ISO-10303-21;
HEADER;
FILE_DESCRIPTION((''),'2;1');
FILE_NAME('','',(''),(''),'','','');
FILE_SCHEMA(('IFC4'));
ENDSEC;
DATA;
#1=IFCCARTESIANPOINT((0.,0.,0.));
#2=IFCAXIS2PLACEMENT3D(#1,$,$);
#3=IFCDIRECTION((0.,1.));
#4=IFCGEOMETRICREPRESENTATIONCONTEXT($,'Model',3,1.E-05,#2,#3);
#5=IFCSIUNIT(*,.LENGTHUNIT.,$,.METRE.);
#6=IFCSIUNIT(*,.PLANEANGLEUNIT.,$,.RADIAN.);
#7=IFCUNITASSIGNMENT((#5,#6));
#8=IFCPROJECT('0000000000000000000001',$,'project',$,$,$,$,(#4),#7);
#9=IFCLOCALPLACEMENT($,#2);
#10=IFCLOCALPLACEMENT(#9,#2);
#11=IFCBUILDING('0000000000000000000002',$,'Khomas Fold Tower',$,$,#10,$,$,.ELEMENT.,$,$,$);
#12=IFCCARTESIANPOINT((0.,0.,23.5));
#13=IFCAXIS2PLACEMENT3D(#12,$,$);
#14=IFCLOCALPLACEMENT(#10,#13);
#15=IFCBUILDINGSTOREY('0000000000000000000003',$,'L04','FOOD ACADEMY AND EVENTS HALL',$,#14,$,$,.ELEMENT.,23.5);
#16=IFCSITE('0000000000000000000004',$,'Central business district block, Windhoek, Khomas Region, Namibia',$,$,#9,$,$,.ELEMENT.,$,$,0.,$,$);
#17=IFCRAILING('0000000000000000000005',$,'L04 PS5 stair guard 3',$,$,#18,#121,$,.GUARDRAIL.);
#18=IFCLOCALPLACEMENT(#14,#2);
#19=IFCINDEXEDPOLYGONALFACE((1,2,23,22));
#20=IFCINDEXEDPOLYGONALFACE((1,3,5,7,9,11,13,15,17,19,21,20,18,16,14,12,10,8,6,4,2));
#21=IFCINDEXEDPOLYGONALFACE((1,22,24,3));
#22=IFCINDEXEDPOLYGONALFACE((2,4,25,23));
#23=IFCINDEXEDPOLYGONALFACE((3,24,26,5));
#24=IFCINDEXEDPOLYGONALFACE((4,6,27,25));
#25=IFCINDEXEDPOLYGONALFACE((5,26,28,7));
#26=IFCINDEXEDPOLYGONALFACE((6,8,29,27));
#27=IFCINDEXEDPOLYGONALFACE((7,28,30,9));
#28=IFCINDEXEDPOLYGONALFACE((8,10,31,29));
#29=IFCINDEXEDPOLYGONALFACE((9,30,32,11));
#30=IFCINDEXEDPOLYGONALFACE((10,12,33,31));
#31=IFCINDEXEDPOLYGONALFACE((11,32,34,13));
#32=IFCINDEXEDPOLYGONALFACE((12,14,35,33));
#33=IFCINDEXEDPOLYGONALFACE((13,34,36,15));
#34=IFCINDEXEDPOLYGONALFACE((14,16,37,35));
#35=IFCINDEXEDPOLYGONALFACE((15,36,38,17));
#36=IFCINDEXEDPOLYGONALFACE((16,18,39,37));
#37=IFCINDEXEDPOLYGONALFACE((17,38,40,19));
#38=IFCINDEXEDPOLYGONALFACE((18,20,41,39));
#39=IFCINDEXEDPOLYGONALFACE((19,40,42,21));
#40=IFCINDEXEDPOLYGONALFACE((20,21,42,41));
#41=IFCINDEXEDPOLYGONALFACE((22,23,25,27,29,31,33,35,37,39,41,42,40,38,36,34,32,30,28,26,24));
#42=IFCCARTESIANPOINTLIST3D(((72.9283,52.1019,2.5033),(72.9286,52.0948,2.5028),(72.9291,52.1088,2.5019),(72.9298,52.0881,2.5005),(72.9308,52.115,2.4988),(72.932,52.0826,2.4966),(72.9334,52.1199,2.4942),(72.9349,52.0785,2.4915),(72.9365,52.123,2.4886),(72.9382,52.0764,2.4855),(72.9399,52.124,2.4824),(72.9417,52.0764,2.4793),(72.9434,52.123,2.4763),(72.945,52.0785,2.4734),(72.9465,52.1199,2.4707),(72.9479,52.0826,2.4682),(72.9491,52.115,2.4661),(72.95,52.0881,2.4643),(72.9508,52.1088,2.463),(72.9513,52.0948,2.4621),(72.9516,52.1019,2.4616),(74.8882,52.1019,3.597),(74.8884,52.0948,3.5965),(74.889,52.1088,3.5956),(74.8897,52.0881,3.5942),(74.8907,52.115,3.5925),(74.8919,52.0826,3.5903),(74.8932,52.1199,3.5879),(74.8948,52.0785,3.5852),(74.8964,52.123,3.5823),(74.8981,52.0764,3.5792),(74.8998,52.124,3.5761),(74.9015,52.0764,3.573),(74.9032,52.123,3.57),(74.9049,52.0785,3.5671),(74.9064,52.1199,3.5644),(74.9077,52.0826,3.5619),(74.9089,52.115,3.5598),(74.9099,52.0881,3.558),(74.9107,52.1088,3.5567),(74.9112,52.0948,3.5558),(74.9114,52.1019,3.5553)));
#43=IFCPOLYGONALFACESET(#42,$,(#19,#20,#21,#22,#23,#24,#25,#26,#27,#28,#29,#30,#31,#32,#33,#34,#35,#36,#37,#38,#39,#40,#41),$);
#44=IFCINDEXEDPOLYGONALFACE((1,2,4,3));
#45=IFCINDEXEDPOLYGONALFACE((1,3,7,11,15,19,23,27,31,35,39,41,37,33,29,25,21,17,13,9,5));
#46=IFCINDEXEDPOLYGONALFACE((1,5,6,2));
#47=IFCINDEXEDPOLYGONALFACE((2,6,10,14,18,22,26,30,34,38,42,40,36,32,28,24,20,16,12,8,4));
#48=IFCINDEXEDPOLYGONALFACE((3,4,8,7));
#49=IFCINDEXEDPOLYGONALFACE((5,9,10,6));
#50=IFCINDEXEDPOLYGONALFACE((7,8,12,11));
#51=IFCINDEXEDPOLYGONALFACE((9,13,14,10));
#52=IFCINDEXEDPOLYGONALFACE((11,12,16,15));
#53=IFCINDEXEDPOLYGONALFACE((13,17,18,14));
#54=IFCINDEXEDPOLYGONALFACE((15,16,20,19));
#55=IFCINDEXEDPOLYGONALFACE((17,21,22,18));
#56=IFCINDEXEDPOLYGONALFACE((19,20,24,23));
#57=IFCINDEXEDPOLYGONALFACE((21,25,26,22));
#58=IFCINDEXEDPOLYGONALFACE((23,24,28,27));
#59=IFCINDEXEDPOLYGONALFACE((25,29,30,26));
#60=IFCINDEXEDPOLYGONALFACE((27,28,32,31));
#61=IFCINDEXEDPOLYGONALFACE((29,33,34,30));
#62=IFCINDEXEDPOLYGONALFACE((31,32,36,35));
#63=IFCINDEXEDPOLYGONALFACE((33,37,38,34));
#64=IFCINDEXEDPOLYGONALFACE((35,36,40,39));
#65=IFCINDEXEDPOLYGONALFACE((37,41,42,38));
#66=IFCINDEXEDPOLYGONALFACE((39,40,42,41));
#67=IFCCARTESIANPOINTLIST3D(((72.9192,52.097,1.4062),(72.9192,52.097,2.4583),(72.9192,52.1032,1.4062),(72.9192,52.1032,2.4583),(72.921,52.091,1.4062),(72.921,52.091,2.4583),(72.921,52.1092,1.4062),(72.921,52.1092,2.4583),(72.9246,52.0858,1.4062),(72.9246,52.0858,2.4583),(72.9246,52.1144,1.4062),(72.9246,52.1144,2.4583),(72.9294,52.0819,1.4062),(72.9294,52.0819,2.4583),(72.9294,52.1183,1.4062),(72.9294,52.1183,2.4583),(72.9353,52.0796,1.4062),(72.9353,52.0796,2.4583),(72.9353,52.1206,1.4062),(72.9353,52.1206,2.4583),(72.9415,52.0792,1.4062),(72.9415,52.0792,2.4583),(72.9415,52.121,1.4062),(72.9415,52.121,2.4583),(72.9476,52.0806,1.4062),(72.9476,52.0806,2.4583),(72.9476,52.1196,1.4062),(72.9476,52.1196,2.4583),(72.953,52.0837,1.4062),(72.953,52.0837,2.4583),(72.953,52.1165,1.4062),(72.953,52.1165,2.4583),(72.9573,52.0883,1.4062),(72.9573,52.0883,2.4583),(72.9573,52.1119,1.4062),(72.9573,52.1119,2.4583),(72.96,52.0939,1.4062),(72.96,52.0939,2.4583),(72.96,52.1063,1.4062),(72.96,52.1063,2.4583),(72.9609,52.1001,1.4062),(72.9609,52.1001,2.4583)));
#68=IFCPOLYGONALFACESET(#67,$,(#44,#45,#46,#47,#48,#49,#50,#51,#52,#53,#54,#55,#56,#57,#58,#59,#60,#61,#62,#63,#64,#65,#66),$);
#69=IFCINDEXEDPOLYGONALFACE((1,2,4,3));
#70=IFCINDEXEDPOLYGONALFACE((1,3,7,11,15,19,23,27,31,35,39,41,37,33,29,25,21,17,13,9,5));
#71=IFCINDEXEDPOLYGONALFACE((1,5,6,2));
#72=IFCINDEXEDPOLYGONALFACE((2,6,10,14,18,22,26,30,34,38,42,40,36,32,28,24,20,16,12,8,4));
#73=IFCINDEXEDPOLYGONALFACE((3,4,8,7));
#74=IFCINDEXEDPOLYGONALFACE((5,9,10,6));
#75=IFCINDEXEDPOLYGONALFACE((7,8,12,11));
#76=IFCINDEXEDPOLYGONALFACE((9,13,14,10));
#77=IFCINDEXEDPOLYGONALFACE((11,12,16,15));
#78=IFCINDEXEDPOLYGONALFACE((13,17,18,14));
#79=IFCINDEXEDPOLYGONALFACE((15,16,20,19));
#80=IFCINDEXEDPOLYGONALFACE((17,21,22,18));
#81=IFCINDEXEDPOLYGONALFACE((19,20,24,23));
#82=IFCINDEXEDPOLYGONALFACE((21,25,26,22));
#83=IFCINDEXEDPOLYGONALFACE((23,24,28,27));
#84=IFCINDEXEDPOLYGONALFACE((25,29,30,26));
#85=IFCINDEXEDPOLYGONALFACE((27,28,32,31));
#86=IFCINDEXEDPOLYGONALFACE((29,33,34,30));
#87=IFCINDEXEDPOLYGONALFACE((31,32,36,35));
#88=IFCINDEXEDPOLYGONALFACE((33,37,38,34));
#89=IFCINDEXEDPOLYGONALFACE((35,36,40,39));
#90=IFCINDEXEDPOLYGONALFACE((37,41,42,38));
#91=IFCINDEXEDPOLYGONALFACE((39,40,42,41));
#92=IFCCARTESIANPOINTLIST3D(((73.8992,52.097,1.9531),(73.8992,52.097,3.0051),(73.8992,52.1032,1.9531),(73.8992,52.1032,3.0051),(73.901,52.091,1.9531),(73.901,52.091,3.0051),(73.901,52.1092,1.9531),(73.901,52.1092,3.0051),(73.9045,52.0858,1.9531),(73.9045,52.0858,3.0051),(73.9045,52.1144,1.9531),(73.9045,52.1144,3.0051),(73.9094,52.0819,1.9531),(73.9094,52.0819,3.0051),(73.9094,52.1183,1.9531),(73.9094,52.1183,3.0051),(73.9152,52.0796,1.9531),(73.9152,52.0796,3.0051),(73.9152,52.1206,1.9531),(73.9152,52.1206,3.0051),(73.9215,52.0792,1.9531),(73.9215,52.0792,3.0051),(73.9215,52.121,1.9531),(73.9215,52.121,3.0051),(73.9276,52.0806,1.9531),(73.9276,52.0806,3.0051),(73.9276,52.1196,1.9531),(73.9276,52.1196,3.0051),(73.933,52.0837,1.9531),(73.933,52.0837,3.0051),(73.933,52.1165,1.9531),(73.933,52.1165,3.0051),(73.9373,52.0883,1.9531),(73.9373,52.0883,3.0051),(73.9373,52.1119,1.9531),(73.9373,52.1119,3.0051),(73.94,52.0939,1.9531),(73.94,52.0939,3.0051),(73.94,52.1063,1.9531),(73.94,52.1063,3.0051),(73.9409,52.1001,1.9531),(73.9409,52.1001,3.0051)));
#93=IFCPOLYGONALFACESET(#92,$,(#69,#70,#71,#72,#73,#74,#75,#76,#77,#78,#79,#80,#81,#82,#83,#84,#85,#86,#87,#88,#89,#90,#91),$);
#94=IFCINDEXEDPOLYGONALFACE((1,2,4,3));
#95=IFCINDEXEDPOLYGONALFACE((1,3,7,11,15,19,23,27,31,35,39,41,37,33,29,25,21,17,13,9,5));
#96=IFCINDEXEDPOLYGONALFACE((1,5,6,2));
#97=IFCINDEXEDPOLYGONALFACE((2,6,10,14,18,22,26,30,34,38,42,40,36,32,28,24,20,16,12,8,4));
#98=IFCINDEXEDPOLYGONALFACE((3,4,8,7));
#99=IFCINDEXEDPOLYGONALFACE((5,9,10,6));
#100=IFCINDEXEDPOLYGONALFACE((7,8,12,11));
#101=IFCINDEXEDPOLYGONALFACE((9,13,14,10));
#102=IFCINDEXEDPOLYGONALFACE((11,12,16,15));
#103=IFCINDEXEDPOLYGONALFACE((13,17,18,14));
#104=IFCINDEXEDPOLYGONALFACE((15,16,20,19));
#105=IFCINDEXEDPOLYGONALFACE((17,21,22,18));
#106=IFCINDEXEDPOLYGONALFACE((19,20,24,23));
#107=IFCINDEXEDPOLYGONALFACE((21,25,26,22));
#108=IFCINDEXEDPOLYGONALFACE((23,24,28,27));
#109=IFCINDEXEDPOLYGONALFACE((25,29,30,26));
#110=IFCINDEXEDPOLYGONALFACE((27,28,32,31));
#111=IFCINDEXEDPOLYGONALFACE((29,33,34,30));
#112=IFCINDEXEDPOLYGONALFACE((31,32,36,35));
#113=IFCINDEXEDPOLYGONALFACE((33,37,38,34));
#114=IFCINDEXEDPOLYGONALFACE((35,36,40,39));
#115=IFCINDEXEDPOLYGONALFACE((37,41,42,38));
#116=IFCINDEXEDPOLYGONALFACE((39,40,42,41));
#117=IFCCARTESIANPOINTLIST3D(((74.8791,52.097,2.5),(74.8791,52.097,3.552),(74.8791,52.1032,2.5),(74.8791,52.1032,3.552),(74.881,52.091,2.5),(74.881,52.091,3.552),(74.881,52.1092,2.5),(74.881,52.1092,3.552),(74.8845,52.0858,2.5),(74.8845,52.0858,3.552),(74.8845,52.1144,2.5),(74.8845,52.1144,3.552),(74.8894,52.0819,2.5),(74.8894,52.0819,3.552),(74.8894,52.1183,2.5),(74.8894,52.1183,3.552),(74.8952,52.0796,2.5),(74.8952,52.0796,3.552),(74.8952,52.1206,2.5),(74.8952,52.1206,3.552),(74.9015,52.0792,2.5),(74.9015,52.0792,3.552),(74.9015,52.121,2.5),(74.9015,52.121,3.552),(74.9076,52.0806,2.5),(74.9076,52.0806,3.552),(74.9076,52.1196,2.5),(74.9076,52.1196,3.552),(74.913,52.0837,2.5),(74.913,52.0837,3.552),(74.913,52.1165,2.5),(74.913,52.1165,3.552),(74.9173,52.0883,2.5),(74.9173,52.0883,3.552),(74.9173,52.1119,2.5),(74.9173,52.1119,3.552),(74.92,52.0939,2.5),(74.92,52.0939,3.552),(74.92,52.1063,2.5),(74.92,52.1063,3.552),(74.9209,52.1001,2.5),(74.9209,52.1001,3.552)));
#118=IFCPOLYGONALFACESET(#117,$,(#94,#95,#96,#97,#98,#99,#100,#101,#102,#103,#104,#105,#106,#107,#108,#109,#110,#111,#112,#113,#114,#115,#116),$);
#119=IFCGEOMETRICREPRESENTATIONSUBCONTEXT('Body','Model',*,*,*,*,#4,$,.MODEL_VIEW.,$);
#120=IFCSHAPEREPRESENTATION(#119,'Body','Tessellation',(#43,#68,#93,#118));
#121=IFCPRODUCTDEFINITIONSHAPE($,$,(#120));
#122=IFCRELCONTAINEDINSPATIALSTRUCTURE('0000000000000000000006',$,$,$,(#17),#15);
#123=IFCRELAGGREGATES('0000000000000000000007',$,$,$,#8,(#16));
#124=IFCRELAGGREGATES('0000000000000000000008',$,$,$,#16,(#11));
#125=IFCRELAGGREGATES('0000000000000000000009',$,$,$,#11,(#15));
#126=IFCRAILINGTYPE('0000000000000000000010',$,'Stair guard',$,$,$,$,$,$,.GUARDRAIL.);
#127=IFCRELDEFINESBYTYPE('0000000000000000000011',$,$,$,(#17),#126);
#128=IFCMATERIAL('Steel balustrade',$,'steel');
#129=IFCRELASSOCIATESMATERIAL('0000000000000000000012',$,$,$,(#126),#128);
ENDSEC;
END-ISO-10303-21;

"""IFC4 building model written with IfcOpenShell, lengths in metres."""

from ifc_helpers import new_model, si_unit, direction, frame, origin, origin_2d, place, context, subcontext, project, spatial, circle, extrude, source, transform, mapped, material, type_object, element, save


model = new_model("IFC4")

# Units and contexts
model_context = context("Model", 3, precision=1e-05, world=origin(), true_north=direction((0.0, 1.0)))
body_context = subcontext(model_context, "Body", "Model", "MODEL_VIEW")
ifc_project = project(units=[si_unit("LENGTHUNIT", "METRE"), si_unit("PLANEANGLEUNIT", "RADIAN")], contexts=[model_context])

# Site, building, storey
site_placement = place(None, origin())
site = spatial("IfcSite", under=ifc_project, at=site_placement, Name="Central business district block, Windhoek, Khomas Region, Namibia", CompositionType="ELEMENT", RefElevation=0.0)
building_placement = place(site_placement, origin())
building = spatial("IfcBuilding", under=site, at=building_placement, Name="Khomas Fold Tower", CompositionType="ELEMENT")
storey_placement = place(building_placement, frame((0.0, 0.0, 23.5)))
storey = spatial("IfcBuildingStorey", under=building, at=storey_placement, Name="L04", Description="FOOD ACADEMY AND EVENTS HALL", CompositionType="ELEMENT", Elevation=23.5)

# Railing
ifc_material_1 = material(Name="Steel balustrade", Category="steel")
railing_type_1 = type_object("IfcRailingType", Name="Stair guard", PredefinedType="GUARDRAIL", material=ifc_material_1)
shared_shape_1 = source(origin(), body_context, "Body", "SweptSolid", [
    extrude(circle(Radius=0.0239, at=origin_2d()), frame((0.0, 0.0, 1.0762), z_axis=(0.873232, 0.0, 0.487304), x_axis=(0.0, 1.0, 0.0)), (0.0, 0.0, 1.0), 2.2444),
    extrude(circle(Radius=0.021, at=origin_2d()), origin(), (0.0, 0.0, 1.0), 1.052),
    extrude(circle(Radius=0.021, at=origin_2d()), frame((0.98, 0.0, 0.5469)), (0.0, 0.0, 1.0), 1.052),
    extrude(circle(Radius=0.021, at=origin_2d()), frame((1.96, 0.0, 1.0938)), (0.0, 0.0, 1.0), 1.052),
])
for number, where, name in (
    (1, (72.9399, 52.1001, 1.4062), "L04 PS5 stair guard 3"),
):
    element("IfcRailing", number, at=place(storey_placement, frame(where)), inside=storey, type_object=railing_type_1, Name=name, PredefinedType="GUARDRAIL", context=body_context, shape_type="MappedRepresentation", body=[
        mapped(shared_shape_1, transform((0.0, 0.0, 0.0))),
    ])

save(model, "model.ifc")
